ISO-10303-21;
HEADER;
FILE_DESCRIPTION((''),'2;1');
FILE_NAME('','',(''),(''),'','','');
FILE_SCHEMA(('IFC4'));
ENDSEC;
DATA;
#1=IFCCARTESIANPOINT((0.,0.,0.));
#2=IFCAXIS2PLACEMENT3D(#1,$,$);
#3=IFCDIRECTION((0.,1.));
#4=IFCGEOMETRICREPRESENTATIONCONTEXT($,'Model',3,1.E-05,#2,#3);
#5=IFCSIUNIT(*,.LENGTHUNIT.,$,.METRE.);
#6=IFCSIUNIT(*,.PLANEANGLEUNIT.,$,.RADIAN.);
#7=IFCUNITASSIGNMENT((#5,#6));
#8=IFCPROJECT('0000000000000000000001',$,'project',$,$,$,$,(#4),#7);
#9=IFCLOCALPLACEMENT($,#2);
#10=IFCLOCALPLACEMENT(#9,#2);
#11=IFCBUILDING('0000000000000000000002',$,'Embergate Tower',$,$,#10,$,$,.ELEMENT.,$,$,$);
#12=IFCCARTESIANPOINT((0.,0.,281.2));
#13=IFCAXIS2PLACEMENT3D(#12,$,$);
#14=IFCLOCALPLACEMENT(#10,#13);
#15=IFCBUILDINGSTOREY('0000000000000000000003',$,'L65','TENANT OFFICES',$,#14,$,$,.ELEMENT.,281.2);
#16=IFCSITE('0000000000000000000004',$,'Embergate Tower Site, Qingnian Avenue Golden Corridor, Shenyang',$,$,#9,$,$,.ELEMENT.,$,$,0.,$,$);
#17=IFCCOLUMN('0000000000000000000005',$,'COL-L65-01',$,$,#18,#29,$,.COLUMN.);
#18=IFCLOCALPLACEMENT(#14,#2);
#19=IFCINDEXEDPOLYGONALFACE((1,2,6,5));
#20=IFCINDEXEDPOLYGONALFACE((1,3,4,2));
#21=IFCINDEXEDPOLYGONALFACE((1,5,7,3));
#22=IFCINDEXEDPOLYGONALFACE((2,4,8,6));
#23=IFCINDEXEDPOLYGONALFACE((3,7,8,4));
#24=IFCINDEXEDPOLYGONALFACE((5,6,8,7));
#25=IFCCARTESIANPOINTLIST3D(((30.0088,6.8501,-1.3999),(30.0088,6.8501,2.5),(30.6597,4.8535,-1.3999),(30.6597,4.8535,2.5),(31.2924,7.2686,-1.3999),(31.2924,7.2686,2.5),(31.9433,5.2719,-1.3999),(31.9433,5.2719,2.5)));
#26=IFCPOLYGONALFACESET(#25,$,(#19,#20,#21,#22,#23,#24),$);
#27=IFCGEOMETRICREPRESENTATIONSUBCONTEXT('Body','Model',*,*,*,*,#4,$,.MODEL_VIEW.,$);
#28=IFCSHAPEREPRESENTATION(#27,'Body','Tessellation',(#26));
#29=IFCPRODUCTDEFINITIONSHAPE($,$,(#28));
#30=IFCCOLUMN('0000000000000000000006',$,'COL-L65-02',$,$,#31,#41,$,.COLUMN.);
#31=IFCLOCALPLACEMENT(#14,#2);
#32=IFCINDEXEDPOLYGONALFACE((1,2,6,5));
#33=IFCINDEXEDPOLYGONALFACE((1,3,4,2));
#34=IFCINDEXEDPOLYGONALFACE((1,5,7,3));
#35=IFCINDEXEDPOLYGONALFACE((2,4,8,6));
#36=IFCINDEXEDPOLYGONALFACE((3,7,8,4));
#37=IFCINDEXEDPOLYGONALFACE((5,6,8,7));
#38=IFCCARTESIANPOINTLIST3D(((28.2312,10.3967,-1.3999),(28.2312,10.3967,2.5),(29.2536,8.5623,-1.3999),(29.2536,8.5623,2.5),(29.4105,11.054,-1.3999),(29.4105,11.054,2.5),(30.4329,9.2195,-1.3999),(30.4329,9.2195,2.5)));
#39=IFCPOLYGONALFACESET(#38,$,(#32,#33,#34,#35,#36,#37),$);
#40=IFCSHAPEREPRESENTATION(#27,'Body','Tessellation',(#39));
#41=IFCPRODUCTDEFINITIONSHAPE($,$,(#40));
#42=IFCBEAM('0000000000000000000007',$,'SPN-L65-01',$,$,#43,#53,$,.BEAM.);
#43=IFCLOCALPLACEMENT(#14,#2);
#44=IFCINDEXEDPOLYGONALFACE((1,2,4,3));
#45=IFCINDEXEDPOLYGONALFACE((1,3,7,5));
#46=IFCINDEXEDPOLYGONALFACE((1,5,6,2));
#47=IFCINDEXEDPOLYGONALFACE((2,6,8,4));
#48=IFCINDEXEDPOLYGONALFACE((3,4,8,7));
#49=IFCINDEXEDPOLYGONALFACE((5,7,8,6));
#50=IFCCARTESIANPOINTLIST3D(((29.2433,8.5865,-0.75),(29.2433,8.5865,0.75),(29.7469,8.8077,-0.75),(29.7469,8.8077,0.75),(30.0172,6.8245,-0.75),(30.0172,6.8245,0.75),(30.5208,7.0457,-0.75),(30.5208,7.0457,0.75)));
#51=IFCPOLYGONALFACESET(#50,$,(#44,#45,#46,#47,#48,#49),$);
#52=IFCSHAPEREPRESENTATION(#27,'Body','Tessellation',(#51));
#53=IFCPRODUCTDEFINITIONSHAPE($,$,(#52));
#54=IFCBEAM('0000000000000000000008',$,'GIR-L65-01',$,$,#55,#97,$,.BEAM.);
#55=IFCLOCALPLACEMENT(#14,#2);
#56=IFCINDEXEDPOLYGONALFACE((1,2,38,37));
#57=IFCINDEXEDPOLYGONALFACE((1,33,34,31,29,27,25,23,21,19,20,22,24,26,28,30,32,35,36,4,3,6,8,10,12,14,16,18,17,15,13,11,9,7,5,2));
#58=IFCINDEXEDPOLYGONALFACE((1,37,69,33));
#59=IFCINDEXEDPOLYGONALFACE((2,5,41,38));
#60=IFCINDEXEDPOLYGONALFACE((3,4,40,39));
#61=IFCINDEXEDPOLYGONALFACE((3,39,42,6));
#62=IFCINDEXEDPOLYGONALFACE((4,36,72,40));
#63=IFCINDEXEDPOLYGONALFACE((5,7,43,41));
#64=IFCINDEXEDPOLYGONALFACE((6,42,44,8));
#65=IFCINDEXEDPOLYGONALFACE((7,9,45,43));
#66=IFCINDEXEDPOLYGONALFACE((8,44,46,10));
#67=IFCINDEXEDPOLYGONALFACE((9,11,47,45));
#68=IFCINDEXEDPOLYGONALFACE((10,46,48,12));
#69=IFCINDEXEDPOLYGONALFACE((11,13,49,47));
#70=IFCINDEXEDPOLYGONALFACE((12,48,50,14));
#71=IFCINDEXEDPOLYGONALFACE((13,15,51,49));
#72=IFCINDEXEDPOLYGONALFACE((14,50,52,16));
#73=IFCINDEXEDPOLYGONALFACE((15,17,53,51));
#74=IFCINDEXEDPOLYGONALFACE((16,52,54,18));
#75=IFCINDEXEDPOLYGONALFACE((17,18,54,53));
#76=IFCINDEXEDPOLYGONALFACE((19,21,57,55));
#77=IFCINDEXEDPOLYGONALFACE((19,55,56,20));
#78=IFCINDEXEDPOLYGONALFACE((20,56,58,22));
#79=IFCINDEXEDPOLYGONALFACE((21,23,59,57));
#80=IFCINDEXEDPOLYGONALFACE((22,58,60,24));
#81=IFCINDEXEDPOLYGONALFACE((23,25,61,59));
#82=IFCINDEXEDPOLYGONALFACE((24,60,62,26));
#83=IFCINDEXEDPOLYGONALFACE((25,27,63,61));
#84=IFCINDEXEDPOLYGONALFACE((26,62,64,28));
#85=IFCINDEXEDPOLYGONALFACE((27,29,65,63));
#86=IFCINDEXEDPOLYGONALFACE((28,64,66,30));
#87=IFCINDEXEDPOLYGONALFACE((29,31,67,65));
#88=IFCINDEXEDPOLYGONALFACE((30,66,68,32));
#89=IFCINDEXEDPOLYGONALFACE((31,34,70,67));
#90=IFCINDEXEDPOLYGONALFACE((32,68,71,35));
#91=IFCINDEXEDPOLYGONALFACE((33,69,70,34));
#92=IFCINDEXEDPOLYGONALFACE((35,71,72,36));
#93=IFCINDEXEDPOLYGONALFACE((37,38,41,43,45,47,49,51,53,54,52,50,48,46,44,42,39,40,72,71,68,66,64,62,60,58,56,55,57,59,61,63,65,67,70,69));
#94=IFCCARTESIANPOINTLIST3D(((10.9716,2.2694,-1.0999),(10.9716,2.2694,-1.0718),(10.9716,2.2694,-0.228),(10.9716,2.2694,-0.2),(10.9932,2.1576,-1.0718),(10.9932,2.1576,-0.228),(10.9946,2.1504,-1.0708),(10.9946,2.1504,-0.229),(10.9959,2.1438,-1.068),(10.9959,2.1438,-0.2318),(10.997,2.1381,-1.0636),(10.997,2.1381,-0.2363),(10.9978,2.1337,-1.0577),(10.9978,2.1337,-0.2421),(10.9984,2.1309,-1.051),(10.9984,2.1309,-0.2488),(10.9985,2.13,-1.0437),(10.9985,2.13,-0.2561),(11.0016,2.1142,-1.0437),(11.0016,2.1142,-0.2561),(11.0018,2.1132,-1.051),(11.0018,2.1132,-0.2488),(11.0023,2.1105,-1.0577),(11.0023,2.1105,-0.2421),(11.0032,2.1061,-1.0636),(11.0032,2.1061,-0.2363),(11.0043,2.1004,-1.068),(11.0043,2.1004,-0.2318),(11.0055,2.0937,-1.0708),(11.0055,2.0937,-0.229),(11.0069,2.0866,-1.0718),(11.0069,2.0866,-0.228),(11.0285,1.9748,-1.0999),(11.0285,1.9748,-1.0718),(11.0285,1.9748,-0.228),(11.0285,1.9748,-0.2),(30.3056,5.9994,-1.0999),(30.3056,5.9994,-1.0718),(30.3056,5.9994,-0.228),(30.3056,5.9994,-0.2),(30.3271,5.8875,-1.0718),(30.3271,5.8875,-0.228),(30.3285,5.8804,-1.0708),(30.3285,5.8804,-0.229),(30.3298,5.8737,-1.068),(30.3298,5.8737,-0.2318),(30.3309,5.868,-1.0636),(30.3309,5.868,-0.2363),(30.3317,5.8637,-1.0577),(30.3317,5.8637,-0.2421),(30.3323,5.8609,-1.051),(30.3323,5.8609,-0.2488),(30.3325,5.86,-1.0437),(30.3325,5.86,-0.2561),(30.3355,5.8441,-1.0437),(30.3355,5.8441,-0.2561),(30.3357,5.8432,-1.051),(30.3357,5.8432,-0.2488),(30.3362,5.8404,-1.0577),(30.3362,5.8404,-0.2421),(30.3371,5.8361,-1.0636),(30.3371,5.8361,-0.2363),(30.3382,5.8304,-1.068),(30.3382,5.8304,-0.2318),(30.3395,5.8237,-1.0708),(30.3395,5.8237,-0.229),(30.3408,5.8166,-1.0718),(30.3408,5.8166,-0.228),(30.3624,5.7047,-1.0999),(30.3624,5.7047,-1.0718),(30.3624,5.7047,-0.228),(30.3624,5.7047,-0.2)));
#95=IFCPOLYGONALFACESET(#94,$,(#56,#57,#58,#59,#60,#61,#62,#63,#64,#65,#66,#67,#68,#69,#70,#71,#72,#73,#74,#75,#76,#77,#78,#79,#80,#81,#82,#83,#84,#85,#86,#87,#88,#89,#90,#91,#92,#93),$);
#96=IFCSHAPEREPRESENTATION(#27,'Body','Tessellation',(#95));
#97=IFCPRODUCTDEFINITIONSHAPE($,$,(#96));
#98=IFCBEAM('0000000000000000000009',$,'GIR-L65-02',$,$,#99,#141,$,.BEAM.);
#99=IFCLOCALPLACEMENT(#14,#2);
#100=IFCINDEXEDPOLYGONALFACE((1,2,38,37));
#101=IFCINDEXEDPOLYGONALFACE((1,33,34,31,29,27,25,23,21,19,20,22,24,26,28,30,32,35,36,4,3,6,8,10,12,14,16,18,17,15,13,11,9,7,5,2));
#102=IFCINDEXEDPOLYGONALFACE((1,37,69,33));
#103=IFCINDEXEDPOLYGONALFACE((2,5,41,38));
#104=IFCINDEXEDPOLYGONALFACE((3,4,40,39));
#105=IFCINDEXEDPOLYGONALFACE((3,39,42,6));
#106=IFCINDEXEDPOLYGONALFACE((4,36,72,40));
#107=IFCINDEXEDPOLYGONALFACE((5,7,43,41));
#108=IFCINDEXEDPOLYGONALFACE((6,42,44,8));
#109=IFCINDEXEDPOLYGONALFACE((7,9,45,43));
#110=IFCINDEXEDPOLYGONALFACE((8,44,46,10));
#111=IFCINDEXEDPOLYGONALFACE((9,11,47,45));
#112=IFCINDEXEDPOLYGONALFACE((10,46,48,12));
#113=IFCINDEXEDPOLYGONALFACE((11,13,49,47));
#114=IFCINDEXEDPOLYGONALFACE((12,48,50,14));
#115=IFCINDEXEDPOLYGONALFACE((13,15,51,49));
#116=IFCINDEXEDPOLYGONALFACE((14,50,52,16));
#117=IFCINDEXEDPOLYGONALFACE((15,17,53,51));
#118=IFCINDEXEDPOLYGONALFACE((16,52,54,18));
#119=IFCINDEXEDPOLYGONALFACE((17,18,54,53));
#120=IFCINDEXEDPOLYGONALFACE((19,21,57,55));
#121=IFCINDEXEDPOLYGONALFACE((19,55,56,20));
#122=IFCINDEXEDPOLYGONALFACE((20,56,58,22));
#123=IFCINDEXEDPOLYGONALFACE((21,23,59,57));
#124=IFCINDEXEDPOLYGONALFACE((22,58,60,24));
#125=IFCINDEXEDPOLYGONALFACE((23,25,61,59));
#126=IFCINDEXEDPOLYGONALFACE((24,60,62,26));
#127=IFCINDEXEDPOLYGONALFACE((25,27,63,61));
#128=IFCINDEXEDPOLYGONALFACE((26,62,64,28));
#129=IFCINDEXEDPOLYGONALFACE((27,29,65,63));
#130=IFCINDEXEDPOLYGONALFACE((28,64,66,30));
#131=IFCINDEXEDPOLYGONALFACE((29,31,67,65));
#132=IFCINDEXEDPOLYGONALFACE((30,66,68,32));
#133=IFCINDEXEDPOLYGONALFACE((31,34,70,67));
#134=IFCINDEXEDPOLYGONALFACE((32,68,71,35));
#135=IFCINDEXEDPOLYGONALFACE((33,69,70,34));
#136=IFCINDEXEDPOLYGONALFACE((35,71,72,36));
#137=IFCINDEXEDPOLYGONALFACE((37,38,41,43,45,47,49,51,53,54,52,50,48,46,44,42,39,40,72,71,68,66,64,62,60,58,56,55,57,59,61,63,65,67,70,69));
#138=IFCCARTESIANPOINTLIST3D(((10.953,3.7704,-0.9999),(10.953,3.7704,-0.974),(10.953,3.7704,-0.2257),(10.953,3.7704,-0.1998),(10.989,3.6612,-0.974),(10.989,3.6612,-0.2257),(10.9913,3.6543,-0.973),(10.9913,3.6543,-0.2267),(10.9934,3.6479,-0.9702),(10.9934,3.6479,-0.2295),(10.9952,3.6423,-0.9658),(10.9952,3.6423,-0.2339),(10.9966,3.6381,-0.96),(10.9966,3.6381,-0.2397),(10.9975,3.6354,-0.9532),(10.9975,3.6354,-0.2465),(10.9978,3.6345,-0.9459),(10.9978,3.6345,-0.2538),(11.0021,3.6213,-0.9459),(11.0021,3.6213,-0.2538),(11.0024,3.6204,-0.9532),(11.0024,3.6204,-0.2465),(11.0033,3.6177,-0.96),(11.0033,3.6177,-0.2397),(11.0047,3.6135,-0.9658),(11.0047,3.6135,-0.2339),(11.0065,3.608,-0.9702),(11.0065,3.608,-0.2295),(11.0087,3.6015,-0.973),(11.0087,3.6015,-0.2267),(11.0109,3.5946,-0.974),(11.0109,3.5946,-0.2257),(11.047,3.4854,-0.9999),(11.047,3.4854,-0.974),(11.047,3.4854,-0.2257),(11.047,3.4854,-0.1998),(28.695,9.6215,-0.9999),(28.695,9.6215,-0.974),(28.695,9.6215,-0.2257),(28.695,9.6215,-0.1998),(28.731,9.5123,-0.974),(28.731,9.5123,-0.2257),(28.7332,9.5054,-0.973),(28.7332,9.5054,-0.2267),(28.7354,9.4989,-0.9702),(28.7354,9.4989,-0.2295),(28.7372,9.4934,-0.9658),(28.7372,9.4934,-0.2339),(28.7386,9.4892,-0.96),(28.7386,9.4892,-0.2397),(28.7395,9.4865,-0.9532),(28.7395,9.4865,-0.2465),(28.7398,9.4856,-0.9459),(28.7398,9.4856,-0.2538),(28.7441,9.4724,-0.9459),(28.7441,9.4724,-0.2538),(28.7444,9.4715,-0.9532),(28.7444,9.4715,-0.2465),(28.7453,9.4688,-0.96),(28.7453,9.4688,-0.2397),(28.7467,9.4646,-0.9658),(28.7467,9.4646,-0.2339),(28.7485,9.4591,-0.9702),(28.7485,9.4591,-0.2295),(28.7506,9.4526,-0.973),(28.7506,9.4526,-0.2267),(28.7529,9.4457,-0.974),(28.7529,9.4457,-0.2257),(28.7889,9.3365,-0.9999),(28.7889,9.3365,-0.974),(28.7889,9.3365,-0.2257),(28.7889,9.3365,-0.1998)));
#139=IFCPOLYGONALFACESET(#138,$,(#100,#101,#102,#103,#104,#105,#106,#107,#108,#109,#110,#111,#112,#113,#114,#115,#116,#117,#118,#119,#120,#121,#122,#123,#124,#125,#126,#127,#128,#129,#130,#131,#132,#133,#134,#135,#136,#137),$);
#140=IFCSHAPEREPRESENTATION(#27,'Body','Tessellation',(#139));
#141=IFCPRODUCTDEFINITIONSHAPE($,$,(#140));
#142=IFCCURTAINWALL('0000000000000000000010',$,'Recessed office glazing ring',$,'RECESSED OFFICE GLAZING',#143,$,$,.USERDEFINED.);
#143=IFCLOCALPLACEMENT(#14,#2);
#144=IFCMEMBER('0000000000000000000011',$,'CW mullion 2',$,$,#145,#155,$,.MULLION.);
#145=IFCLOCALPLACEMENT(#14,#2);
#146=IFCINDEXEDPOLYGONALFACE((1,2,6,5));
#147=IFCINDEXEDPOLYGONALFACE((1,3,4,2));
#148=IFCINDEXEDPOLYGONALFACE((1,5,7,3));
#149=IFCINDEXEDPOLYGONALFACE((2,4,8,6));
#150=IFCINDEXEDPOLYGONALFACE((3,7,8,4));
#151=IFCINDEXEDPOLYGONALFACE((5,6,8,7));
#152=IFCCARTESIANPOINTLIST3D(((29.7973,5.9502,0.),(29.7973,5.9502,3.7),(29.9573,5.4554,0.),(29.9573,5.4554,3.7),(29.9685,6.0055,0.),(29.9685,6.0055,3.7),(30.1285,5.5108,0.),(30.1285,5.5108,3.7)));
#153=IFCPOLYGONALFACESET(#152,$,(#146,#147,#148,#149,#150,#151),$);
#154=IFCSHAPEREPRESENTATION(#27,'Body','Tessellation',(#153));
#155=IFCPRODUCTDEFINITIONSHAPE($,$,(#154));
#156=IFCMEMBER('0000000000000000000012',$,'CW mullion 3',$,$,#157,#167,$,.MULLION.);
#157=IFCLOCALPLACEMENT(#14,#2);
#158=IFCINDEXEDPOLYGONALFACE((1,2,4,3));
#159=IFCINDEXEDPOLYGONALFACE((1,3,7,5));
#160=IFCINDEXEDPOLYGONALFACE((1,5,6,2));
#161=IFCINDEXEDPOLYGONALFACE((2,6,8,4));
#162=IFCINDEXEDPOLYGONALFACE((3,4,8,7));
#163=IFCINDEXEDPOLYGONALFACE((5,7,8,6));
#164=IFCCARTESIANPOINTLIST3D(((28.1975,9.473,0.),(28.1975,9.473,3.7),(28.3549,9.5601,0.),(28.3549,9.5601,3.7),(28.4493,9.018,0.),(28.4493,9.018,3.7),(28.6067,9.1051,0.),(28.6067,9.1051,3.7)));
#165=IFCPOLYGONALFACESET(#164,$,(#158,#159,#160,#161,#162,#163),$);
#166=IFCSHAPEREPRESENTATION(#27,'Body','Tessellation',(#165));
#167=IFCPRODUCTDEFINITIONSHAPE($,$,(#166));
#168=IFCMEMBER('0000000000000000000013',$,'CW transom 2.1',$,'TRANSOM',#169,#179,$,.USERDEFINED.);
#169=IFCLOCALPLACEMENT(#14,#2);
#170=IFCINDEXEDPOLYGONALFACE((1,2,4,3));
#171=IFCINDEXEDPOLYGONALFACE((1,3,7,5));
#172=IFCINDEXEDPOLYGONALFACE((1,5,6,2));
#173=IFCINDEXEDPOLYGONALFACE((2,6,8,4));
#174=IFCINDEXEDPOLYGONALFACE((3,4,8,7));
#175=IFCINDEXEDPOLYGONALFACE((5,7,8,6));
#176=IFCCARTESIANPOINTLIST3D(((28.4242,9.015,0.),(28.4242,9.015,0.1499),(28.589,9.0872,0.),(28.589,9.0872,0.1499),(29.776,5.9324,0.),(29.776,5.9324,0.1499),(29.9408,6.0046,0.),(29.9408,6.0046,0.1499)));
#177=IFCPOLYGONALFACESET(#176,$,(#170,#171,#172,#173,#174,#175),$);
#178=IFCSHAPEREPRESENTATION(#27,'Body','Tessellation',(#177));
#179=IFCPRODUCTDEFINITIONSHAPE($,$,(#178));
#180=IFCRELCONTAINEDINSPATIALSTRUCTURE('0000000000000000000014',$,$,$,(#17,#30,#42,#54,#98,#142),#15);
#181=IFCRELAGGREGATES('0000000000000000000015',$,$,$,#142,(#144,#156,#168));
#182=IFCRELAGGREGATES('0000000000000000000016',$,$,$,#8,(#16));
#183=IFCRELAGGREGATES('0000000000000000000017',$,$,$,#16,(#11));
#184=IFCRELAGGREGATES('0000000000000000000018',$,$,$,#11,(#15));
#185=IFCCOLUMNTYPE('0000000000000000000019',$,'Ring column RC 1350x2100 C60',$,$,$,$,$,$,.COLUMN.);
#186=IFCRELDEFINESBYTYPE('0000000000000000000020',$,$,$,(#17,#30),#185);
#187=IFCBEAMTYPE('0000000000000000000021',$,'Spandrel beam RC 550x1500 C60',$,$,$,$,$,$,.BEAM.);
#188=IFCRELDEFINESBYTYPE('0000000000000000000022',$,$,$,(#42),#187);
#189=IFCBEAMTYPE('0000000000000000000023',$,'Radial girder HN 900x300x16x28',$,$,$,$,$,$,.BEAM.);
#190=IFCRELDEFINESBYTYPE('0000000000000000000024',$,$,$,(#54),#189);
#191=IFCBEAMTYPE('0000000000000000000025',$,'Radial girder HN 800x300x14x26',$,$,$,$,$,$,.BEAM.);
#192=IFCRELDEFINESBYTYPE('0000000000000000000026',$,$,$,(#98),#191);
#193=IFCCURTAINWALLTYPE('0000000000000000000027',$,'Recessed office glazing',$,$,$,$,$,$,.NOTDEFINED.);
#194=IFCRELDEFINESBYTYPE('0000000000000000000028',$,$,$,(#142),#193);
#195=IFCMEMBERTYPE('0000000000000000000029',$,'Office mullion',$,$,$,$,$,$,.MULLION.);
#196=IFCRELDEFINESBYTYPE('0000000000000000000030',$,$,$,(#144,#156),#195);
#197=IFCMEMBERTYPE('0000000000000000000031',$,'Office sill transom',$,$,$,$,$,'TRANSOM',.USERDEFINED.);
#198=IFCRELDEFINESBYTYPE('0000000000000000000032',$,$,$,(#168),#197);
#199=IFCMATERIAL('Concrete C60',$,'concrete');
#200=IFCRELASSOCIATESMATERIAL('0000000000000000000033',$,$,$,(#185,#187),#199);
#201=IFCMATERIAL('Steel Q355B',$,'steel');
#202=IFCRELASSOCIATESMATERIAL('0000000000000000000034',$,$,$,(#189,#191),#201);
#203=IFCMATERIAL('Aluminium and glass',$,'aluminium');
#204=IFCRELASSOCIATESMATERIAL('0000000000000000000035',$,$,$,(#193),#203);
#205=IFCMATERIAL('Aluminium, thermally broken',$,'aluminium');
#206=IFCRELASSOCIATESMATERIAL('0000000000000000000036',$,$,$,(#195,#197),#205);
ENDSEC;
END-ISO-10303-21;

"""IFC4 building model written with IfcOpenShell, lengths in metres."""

from ifc_helpers import new_model, si_unit, direction, frame, origin, origin_2d, place, context, subcontext, project, spatial, rectangle, i_section, extrude, source, transform, mapped, material, material_profile, profile_set, type_object, element, aggregate, save


model = new_model("IFC4")

# Units and contexts
model_context = context("Model", 3, precision=1e-05, world=origin(), true_north=direction((0.0, 1.0)))
body_context = subcontext(model_context, "Body", "Model", "MODEL_VIEW")
ifc_project = project(units=[si_unit("LENGTHUNIT", "METRE"), si_unit("PLANEANGLEUNIT", "RADIAN")], contexts=[model_context])

# Site, building, storey
site_placement = place(None, origin())
site = spatial("IfcSite", under=ifc_project, at=site_placement, Name="Embergate Tower Site, Qingnian Avenue Golden Corridor, Shenyang", CompositionType="ELEMENT", RefElevation=0.0)
building_placement = place(site_placement, origin())
building = spatial("IfcBuilding", under=site, at=building_placement, Name="Embergate Tower", CompositionType="ELEMENT")
storey_placement = place(building_placement, frame((0.0, 0.0, 281.2)))
storey = spatial("IfcBuildingStorey", under=building, at=storey_placement, Name="L65", Description="TENANT OFFICES", CompositionType="ELEMENT", Elevation=281.2)

# Columns
ifc_material_1 = material(Name="Concrete C60", Category="concrete")
ifc_material_profile_1 = material_profile(ifc_material_1, rectangle(XDim=1.3501, YDim=2.1001, at=origin_2d()), Name="RC 1350x2100")
ifc_profile_set_1 = profile_set([ifc_material_profile_1], Name="Concrete C60")
column_type = type_object("IfcColumnType", Name="Ring column RC 1350x2100 C60", PredefinedType="COLUMN", material=ifc_profile_set_1)
shared_shape_1 = source(origin(), body_context, "Body", "SweptSolid", [
    extrude(rectangle(XDim=1.3501, YDim=2.1001, at=origin_2d()), origin(), (0.0, 0.0, 1.0), 3.8999),
])
for number, where, z_axis, x_axis, name in (
    (1, (30.9761, 6.061, -1.3999), (0.0, 0.0, 1.0), (0.950754, 0.309946, 0.0), "COL-L65-01"),
    (2, (29.332, 9.8081, -1.3999), (0.0, 0.0, 1.0), (0.873492, 0.486839, 0.0), "COL-L65-02"),
):
    element("IfcColumn", number, at=place(storey_placement, frame(where, z_axis=z_axis, x_axis=x_axis)), inside=storey, type_object=column_type, Name=name, PredefinedType="COLUMN", context=body_context, shape_type="MappedRepresentation", body=[
        mapped(shared_shape_1, transform((0.0, 0.0, 0.0))),
    ])

# Beams
ifc_material_profile_2 = material_profile(ifc_material_1, rectangle(XDim=0.55, YDim=1.5, at=origin_2d()), Name="RC 550x1500")
ifc_profile_set_2 = profile_set([ifc_material_profile_2], Name="Concrete C60")
beam_type_1 = type_object("IfcBeamType", Name="Spandrel beam RC 550x1500 C60", PredefinedType="BEAM", material=ifc_profile_set_2)
shared_shape_2 = source(origin(), body_context, "Body", "SweptSolid", [
    extrude(rectangle(XDim=0.55, YDim=1.5, at=origin_2d()), origin(), (0.0, 0.0, 1.0), 1.9246),
])
beam_1_placement = place(storey_placement, frame((30.269, 6.9351, 0.0), z_axis=(-0.402156, 0.915571, 0.0), x_axis=(-0.915571, -0.402156, 0.0)))
element("IfcBeam", 3, at=beam_1_placement, inside=storey, type_object=beam_type_1, Name="SPN-L65-01", PredefinedType="BEAM", context=body_context, shape_type="MappedRepresentation", body=[
    mapped(shared_shape_2, transform((0.0, 0.0, 0.0))),
])
ifc_material_2 = material(Name="Steel Q355B", Category="steel")
ifc_material_profile_3 = material_profile(ifc_material_2, i_section(OverallWidth=0.3, OverallDepth=0.8999, WebThickness=0.0161, FlangeThickness=0.0281, FilletRadius=0.0281, at=origin_2d()), Name="HN 900x300x16x28")
ifc_profile_set_3 = profile_set([ifc_material_profile_3], Name="Steel Q355 grade B")
beam_type_2 = type_object("IfcBeamType", Name="Radial girder HN 900x300x16x28", PredefinedType="BEAM", material=ifc_profile_set_3)
shared_shape_3 = source(origin(), body_context, "Body", "SweptSolid", [
    extrude(i_section(OverallWidth=0.3, OverallDepth=0.8999, WebThickness=0.0161, FlangeThickness=0.0281, FilletRadius=0.0281, at=origin_2d()), origin(), (0.0, 0.0, 1.0), 19.6904),
])
beam_2_placement = place(storey_placement, frame((30.334, 5.8521, -0.6499), z_axis=(-0.981894, -0.18943, 0.0), x_axis=(0.18943, -0.981894, 0.0)))
element("IfcBeam", 4, at=beam_2_placement, inside=storey, type_object=beam_type_2, Name="GIR-L65-01", PredefinedType="BEAM", context=body_context, shape_type="MappedRepresentation", body=[
    mapped(shared_shape_3, transform((0.0, 0.0, 0.0))),
])
ifc_material_profile_4 = material_profile(ifc_material_2, i_section(OverallWidth=0.3, OverallDepth=0.8, WebThickness=0.0139, FlangeThickness=0.0259, FilletRadius=0.0281, at=origin_2d()), Name="HN 800x300x14x26")
ifc_profile_set_4 = profile_set([ifc_material_profile_4], Name="Steel Q355 grade B")
beam_type_3 = type_object("IfcBeamType", Name="Radial girder HN 800x300x14x26", PredefinedType="BEAM", material=ifc_profile_set_4)
shared_shape_4 = source(origin(), body_context, "Body", "SweptSolid", [
    extrude(i_section(OverallWidth=0.3, OverallDepth=0.8, WebThickness=0.0139, FlangeThickness=0.0259, FilletRadius=0.0281, at=origin_2d()), origin(), (0.0, 0.0, 1.0), 18.6819),
])
beam_3_placement = place(storey_placement, frame((28.7419, 9.479, -0.5999), z_axis=(-0.949689, -0.313196, 0.0), x_axis=(0.313196, -0.949689, 0.0)))
element("IfcBeam", 5, at=beam_3_placement, inside=storey, type_object=beam_type_3, Name="GIR-L65-02", PredefinedType="BEAM", context=body_context, shape_type="MappedRepresentation", body=[
    mapped(shared_shape_4, transform((0.0, 0.0, 0.0))),
])

# Curtain wall, members
ifc_material_3 = material(Name="Aluminium and glass", Category="aluminium")
curtain_wall_type = type_object("IfcCurtainWallType", Name="Recessed office glazing", PredefinedType="NOTDEFINED", material=ifc_material_3)
curtain_wall_placement = place(storey_placement, origin())
curtain_wall = element("IfcCurtainWall", 6, at=curtain_wall_placement, inside=storey, type_object=curtain_wall_type, Name="Recessed office glazing ring", ObjectType="RECESSED OFFICE GLAZING", PredefinedType="USERDEFINED")
ifc_material_4 = material(Name="Aluminium, thermally broken", Category="aluminium")
ifc_material_profile_5 = material_profile(ifc_material_4, rectangle(XDim=0.1799, YDim=0.52, at=origin_2d()), Name="AL 520x180")
ifc_profile_set_5 = profile_set([ifc_material_profile_5], Name="Aluminium, thermally broken")
member_type_1 = type_object("IfcMemberType", Name="Office mullion", PredefinedType="MULLION", material=ifc_profile_set_5)
shared_shape_5 = source(origin(), body_context, "Body", "SweptSolid", [
    extrude(rectangle(XDim=0.1799, YDim=0.52, at=origin_2d()), origin(), (0.0, 0.0, 1.0), 3.7),
])
member_1_placement = place(storey_placement, frame((29.9629, 5.7305, 0.0), z_axis=(0.0, 0.0, 1.0), x_axis=(-0.951493, -0.307671, 0.0)))
member_1 = element("IfcMember", 7, at=member_1_placement, type_object=member_type_1, Name="CW mullion 2", PredefinedType="MULLION", context=body_context, shape_type="MappedRepresentation", body=[
    mapped(shared_shape_5, transform((0.0, 0.0, 0.0))),
])
member_2_placement = place(storey_placement, frame((28.4021, 9.2891, 0.0), z_axis=(0.0, 0.0, 1.0), x_axis=(-0.874993, -0.484136, 0.0)))
member_2 = element("IfcMember", 8, at=member_2_placement, type_object=member_type_1, Name="CW mullion 3", PredefinedType="MULLION", context=body_context, shape_type="MappedRepresentation", body=[
    mapped(shared_shape_5, transform((0.0, 0.0, 0.0))),
])
ifc_material_profile_6 = material_profile(ifc_material_4, rectangle(XDim=0.1799, YDim=0.1499, at=origin_2d()), Name="AL 150x180")
ifc_profile_set_6 = profile_set([ifc_material_profile_6], Name="Aluminium, thermally broken")
member_type_2 = type_object("IfcMemberType", Name="Office sill transom", ElementType="TRANSOM", PredefinedType="USERDEFINED", material=ifc_profile_set_6)
shared_shape_6 = source(origin(), body_context, "Body", "SweptSolid", [
    extrude(rectangle(XDim=0.1799, YDim=0.1499, at=origin_2d()), origin(), (0.0, 0.0, 1.0), 3.366),
])
member_3_placement = place(storey_placement, frame((29.8584, 5.9685, 0.075), z_axis=(-0.401618, 0.915807, 0.0), x_axis=(-0.915807, -0.401618, 0.0)))
member_3 = element("IfcMember", 9, at=member_3_placement, type_object=member_type_2, Name="CW transom 2.1", ObjectType="TRANSOM", PredefinedType="USERDEFINED", context=body_context, shape_type="MappedRepresentation", body=[
    mapped(shared_shape_6, transform((0.0, 0.0, 0.0))),
])
aggregate(curtain_wall, [member_1, member_2, member_3])

save(model, "model.ifc")
